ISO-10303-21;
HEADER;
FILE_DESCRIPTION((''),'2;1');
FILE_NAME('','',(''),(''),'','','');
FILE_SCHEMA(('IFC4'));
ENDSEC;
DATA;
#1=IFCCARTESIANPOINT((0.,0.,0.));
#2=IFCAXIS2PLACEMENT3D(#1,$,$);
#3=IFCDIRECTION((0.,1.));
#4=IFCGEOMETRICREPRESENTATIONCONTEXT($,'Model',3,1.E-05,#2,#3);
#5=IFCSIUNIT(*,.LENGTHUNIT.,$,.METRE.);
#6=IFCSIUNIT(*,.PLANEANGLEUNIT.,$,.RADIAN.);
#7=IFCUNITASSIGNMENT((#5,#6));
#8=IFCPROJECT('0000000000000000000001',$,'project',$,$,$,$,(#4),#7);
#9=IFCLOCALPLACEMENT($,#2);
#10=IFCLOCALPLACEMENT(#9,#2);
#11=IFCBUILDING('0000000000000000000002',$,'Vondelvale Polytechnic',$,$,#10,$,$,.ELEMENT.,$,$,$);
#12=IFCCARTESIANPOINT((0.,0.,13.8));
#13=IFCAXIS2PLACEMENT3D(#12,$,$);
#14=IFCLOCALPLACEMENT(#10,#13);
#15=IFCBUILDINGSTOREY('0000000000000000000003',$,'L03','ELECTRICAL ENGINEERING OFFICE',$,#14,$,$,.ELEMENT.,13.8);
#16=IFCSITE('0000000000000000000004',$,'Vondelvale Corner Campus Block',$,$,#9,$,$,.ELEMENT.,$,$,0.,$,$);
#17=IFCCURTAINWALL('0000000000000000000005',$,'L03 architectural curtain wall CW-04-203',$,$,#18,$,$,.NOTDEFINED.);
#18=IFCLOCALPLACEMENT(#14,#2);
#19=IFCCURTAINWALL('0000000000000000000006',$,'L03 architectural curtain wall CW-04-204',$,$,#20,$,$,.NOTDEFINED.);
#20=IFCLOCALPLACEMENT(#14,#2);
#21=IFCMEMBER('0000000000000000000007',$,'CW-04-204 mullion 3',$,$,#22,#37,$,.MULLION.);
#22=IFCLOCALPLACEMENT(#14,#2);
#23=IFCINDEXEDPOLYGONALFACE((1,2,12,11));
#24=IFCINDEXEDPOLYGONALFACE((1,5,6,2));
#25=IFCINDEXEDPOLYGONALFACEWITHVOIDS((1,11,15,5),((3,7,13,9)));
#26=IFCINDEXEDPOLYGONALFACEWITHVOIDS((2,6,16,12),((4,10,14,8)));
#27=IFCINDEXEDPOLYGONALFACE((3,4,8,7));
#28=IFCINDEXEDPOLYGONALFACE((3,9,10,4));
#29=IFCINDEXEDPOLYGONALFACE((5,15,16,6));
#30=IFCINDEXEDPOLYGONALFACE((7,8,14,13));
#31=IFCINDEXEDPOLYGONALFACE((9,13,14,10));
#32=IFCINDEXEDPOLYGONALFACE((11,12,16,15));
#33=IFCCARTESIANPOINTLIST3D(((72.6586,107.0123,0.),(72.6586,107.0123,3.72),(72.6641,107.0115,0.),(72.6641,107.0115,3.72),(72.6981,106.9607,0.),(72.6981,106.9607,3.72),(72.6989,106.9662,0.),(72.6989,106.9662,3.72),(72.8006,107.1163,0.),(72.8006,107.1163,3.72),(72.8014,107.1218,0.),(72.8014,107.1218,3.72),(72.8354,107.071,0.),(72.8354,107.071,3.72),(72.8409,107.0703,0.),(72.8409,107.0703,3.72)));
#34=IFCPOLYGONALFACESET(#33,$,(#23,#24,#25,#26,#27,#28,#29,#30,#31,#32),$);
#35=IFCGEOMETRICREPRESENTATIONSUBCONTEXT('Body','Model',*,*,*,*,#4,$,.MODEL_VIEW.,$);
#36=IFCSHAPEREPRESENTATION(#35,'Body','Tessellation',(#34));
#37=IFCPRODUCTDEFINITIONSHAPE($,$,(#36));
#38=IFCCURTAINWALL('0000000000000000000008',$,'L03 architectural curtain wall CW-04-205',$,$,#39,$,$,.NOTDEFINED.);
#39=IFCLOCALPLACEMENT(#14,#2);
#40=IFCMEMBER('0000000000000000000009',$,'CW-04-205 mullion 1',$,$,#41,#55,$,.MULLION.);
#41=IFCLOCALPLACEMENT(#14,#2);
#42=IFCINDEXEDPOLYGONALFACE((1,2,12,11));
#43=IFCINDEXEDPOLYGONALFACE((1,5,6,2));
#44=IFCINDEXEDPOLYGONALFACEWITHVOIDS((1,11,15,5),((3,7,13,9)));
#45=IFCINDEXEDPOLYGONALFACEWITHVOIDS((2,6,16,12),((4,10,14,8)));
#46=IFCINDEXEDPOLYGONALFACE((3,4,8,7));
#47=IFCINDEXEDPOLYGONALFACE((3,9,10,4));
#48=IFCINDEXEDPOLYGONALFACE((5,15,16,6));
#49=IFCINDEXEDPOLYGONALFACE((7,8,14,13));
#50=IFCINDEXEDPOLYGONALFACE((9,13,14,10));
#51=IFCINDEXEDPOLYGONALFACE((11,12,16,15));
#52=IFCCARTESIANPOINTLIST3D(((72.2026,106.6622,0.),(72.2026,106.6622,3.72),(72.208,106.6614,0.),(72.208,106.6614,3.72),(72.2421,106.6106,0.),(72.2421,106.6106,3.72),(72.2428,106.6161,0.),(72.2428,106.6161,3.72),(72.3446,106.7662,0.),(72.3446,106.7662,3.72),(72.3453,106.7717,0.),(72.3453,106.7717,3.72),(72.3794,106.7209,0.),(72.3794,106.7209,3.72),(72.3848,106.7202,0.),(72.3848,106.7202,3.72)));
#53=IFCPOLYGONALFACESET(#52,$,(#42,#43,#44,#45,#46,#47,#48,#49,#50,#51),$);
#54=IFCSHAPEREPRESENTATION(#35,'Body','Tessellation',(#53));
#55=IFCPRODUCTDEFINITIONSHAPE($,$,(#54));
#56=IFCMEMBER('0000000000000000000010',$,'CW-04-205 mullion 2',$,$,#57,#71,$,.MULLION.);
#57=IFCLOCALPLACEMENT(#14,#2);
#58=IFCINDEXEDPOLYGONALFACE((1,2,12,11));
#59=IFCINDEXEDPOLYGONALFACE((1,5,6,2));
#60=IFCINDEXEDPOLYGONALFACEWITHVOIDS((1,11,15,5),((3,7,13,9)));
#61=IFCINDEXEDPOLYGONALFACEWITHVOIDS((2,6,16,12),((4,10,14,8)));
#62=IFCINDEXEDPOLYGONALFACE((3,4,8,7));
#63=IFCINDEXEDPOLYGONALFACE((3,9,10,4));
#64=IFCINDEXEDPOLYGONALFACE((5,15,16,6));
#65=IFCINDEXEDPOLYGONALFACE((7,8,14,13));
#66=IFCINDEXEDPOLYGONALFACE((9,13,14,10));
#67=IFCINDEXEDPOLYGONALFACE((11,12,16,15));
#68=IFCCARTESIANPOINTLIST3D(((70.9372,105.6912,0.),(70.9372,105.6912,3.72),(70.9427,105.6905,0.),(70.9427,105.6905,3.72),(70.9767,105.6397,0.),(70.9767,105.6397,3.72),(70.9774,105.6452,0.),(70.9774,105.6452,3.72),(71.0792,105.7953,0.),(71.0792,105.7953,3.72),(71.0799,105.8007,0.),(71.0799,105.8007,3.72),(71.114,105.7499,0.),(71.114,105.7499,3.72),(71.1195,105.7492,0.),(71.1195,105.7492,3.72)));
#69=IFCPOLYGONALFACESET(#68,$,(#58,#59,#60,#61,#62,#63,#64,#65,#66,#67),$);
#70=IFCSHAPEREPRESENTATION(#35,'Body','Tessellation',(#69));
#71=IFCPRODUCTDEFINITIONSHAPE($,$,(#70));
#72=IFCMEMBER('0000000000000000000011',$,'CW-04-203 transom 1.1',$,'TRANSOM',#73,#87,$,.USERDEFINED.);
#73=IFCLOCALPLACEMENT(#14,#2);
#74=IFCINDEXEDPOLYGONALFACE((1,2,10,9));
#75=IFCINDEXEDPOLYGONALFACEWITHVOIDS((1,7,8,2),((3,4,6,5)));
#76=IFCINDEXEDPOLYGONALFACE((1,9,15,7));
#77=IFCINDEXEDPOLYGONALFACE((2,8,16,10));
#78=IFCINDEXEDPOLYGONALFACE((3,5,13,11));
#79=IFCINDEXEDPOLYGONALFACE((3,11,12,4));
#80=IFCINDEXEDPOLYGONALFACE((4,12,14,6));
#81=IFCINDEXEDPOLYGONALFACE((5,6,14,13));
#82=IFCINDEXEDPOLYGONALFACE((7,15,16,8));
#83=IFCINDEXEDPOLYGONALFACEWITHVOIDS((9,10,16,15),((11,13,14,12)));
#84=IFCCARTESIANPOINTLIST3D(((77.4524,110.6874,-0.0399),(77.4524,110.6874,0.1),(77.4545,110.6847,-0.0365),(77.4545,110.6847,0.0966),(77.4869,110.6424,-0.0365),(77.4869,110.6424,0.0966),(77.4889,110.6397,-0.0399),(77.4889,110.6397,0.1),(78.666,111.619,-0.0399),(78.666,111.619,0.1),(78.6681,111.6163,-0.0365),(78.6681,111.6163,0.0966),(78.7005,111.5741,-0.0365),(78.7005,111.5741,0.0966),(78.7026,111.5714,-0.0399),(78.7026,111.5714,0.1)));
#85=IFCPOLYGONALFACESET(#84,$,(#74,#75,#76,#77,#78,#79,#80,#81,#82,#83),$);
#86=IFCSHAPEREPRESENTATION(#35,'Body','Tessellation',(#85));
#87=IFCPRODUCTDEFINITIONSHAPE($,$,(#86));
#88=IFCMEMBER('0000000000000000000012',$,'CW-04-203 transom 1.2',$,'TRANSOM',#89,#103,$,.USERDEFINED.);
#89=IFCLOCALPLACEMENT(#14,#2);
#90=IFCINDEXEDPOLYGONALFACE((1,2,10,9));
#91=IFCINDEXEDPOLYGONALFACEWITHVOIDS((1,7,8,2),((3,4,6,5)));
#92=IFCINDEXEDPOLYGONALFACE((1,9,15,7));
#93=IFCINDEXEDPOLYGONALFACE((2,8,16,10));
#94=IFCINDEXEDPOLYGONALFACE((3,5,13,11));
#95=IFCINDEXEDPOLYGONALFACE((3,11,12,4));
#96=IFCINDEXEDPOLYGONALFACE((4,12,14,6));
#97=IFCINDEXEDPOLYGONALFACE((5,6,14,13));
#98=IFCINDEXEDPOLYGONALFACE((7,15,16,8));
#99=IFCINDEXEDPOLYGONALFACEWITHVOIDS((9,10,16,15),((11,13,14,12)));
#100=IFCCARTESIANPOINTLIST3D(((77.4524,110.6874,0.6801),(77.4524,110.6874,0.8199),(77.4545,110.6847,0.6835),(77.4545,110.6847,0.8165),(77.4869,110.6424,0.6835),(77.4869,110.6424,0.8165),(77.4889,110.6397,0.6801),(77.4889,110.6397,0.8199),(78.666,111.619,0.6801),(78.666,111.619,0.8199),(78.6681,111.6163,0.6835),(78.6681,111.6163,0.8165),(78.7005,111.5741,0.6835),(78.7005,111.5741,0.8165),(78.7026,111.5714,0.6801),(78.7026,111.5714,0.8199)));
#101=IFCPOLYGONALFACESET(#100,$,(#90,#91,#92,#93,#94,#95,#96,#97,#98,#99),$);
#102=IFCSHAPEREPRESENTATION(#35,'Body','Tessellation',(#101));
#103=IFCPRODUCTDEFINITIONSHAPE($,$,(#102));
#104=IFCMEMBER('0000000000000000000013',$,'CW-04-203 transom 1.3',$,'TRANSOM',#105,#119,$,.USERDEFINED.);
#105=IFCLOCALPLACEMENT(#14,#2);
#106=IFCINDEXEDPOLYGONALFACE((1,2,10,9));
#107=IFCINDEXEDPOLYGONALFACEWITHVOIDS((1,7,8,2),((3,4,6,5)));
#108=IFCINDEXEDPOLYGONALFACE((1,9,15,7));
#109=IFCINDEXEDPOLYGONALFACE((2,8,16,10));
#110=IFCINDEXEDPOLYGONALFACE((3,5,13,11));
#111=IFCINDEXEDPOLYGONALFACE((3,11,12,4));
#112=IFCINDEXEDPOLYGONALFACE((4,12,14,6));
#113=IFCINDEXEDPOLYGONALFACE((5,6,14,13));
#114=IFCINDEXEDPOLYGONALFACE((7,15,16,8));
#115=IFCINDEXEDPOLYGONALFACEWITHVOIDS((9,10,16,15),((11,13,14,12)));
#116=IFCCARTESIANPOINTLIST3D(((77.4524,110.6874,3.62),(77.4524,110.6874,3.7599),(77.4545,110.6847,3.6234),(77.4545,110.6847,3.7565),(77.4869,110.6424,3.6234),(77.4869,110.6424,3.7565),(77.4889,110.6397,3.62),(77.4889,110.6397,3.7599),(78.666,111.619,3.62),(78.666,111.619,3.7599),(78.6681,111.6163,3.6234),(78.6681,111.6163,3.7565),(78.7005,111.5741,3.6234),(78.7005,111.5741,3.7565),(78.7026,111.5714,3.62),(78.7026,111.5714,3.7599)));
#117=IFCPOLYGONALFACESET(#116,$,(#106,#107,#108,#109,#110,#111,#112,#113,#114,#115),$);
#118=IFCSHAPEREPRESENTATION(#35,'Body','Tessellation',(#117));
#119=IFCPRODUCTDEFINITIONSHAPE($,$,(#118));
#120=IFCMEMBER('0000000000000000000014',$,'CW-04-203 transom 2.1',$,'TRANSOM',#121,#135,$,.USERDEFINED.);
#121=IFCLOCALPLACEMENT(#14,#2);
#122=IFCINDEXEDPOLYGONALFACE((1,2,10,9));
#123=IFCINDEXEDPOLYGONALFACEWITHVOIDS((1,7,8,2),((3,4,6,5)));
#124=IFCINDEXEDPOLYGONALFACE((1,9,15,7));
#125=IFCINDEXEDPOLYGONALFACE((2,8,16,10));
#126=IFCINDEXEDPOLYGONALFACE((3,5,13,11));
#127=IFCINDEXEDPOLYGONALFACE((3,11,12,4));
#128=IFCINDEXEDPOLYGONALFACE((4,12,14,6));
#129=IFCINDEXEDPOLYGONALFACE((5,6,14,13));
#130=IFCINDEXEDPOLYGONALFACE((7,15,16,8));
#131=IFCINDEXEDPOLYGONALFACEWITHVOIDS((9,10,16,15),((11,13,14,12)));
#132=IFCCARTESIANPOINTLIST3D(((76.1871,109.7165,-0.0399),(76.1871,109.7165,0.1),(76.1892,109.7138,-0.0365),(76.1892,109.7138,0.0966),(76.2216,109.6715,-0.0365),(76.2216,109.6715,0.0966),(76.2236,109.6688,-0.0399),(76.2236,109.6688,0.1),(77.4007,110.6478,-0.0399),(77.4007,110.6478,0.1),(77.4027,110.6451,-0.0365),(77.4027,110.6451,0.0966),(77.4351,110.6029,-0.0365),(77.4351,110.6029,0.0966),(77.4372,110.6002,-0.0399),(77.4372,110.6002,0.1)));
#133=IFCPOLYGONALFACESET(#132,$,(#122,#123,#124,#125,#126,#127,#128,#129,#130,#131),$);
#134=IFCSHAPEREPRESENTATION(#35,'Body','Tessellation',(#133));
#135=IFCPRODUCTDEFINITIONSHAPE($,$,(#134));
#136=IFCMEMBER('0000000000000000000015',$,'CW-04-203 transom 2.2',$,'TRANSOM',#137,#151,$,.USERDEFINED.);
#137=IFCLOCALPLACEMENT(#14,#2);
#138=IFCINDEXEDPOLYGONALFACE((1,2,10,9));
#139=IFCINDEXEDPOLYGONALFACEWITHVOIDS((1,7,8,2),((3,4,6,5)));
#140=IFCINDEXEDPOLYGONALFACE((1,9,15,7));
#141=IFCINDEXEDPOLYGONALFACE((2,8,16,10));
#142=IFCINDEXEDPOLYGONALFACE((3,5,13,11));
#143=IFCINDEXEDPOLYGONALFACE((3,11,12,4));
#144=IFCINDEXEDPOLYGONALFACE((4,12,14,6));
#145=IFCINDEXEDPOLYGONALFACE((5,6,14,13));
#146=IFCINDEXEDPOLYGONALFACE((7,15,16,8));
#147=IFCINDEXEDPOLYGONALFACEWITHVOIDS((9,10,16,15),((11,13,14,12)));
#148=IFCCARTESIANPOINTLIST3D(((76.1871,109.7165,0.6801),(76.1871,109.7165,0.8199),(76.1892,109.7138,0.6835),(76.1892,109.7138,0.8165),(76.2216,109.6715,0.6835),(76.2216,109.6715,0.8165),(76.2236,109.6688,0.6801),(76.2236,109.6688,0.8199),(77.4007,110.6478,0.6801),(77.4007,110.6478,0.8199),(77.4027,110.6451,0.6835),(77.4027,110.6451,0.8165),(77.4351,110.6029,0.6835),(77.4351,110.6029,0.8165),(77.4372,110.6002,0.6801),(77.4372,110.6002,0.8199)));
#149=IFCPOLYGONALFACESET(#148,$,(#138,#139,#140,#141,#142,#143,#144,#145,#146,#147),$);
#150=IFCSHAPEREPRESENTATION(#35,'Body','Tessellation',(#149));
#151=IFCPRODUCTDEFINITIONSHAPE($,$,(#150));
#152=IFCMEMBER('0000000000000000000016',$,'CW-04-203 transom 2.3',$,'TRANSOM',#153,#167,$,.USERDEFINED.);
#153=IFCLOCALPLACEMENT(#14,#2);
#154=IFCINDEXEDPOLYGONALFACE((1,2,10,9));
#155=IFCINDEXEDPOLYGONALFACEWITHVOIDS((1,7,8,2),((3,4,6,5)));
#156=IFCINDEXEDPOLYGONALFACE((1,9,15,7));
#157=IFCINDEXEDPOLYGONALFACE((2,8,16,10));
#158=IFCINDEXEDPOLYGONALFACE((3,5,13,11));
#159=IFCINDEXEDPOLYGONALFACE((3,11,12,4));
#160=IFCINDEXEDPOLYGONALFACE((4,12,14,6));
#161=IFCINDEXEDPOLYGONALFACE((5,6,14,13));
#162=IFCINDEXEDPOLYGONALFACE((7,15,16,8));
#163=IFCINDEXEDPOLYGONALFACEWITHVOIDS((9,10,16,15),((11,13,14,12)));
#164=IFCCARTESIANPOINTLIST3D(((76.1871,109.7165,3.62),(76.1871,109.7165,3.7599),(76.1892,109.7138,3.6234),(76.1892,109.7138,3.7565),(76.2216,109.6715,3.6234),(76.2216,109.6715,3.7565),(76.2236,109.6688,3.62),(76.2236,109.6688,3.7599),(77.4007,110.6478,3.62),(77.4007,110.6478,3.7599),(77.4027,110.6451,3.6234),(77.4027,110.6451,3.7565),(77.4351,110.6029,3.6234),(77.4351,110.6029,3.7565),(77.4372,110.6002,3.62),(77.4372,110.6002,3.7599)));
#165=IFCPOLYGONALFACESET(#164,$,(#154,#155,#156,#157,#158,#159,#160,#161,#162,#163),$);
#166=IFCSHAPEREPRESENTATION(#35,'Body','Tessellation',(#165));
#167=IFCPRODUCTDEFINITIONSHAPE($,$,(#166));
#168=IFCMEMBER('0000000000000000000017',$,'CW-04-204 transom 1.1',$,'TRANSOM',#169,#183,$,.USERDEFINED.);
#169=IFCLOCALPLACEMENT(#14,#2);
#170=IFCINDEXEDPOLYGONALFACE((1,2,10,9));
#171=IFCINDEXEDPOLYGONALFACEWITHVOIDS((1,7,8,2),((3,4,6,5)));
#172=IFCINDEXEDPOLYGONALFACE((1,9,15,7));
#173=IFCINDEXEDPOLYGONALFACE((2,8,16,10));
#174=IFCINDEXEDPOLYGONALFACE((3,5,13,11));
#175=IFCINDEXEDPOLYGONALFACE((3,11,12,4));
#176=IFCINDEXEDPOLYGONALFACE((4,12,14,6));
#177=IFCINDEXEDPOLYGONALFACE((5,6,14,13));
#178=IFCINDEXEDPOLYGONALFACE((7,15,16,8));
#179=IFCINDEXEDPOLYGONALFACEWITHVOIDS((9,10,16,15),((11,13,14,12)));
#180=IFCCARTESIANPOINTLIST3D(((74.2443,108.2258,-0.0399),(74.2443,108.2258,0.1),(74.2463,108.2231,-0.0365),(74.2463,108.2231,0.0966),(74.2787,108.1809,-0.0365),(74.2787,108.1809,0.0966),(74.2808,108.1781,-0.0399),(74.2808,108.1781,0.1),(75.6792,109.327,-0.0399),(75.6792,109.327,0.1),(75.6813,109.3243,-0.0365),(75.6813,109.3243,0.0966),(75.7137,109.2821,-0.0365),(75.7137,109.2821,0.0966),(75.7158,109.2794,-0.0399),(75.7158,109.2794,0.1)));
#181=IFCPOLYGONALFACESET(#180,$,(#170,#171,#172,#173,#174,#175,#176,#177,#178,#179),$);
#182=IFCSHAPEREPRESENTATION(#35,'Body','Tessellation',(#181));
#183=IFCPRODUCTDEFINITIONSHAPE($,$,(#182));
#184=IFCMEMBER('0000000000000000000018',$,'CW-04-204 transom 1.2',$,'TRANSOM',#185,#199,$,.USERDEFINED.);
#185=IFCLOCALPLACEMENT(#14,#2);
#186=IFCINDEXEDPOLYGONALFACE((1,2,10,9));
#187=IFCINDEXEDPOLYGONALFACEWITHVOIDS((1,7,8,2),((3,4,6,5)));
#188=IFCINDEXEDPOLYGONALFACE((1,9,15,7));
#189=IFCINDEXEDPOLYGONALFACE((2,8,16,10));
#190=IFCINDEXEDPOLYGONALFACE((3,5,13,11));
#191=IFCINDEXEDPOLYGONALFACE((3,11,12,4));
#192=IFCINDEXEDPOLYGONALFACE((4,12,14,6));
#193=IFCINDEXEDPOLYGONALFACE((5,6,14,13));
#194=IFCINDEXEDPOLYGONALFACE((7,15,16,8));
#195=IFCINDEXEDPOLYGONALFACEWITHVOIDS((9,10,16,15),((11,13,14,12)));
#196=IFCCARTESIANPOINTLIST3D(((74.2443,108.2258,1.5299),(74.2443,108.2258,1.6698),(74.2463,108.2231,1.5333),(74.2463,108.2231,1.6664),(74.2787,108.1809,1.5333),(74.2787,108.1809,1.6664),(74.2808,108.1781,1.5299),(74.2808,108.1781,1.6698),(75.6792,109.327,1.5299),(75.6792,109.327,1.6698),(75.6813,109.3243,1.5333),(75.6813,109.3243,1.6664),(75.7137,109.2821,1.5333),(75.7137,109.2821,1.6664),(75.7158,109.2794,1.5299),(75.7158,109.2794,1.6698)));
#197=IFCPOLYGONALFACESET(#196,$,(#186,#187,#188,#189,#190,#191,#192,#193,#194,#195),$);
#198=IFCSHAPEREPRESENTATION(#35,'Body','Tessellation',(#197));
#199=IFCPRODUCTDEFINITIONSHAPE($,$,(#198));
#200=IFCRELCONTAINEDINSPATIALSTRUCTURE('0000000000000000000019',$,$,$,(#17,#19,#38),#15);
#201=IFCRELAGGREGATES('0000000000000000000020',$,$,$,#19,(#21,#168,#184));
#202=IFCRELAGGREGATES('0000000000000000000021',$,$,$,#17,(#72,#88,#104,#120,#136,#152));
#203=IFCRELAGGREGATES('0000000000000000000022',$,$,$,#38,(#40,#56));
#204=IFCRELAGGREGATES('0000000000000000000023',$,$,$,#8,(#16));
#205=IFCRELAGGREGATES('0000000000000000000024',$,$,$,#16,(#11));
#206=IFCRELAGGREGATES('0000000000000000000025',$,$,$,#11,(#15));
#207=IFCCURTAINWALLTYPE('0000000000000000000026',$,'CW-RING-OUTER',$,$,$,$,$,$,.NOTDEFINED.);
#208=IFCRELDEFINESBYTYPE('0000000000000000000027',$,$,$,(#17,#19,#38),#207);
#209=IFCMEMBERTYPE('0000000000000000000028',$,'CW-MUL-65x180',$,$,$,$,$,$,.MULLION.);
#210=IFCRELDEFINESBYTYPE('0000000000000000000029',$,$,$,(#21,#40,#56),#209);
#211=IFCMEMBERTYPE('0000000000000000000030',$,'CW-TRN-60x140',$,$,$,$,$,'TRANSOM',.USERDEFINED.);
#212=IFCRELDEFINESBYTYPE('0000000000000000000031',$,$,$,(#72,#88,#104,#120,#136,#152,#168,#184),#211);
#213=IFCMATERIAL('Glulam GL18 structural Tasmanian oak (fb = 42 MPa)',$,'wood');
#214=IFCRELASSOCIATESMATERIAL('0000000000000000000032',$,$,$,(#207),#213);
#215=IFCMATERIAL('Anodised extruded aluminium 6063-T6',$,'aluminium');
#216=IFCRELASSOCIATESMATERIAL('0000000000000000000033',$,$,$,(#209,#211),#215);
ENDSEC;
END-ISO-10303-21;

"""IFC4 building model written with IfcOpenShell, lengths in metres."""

from ifc_helpers import new_model, si_unit, direction, frame, origin, origin_2d, place, context, subcontext, project, spatial, hollow_rectangle, extrude, material, material_profile, profile_set, type_object, element, aggregate, save


model = new_model("IFC4")

# Units and contexts
model_context = context("Model", 3, precision=1e-05, world=origin(), true_north=direction((0.0, 1.0)))
body_context = subcontext(model_context, "Body", "Model", "MODEL_VIEW")
ifc_project = project(units=[si_unit("LENGTHUNIT", "METRE"), si_unit("PLANEANGLEUNIT", "RADIAN")], contexts=[model_context])

# Site, building, storey
site_placement = place(None, origin())
site = spatial("IfcSite", under=ifc_project, at=site_placement, Name="Vondelvale Corner Campus Block", CompositionType="ELEMENT", RefElevation=0.0)
building_placement = place(site_placement, origin())
building = spatial("IfcBuilding", under=site, at=building_placement, Name="Vondelvale Polytechnic", CompositionType="ELEMENT")
storey_placement = place(building_placement, frame((0.0, 0.0, 13.8)))
storey = spatial("IfcBuildingStorey", under=building, at=storey_placement, Name="L03", Description="ELECTRICAL ENGINEERING OFFICE", CompositionType="ELEMENT", Elevation=13.8)

# Shared definitions
ifc_material_1 = material(Name="Glulam GL18 structural Tasmanian oak (fb = 42 MPa)", Category="wood")

# Curtain walls, members
curtain_wall_type = type_object("IfcCurtainWallType", Name="CW-RING-OUTER", PredefinedType="NOTDEFINED", material=ifc_material_1)
curtain_wall_1_placement = place(storey_placement, origin())
curtain_wall_1 = element("IfcCurtainWall", 1, at=curtain_wall_1_placement, inside=storey, type_object=curtain_wall_type, Name="L03 architectural curtain wall CW-04-203", PredefinedType="NOTDEFINED")
ifc_material_2 = material(Name="Anodised extruded aluminium 6063-T6", Category="aluminium")
ifc_material_profile_1 = material_profile(ifc_material_2, hollow_rectangle(XDim=0.0649, YDim=0.1799, WallThickness=0.0039, at=origin_2d()), Name="CW-MUL-180x65")
ifc_profile_set_1 = profile_set([ifc_material_profile_1], Name="Anodised extruded aluminium 6063-T6")
member_type_1 = type_object("IfcMemberType", Name="CW-MUL-65x180", PredefinedType="MULLION", material=ifc_profile_set_1)
curtain_wall_2_placement = place(storey_placement, origin())
curtain_wall_2 = element("IfcCurtainWall", 2, at=curtain_wall_2_placement, inside=storey, type_object=curtain_wall_type, Name="L03 architectural curtain wall CW-04-204", PredefinedType="NOTDEFINED")
member_1_placement = place(storey_placement, frame((72.7498, 107.0413, 0.0), z_axis=(0.0, 0.0, 1.0), x_axis=(0.608771, -0.793346, 0.0)))
member_1 = element("IfcMember", 3, at=member_1_placement, type_object=member_type_1, Name="CW-04-204 mullion 3", PredefinedType="MULLION", context=body_context, shape_type="SweptSolid", body=[
    extrude(hollow_rectangle(XDim=0.0649, YDim=0.1799, WallThickness=0.0039, at=origin_2d()), origin(), (0.0, 0.0, 1.0), 3.72),
])
curtain_wall_3_placement = place(storey_placement, origin())
curtain_wall_3 = element("IfcCurtainWall", 4, at=curtain_wall_3_placement, inside=storey, type_object=curtain_wall_type, Name="L03 architectural curtain wall CW-04-205", PredefinedType="NOTDEFINED")
member_2_placement = place(storey_placement, frame((72.2937, 106.6912, 0.0), z_axis=(0.0, 0.0, 1.0), x_axis=(0.608787, -0.793334, 0.0)))
member_2 = element("IfcMember", 5, at=member_2_placement, type_object=member_type_1, Name="CW-04-205 mullion 1", PredefinedType="MULLION", context=body_context, shape_type="SweptSolid", body=[
    extrude(hollow_rectangle(XDim=0.0649, YDim=0.1799, WallThickness=0.0039, at=origin_2d()), origin(), (0.0, 0.0, 1.0), 3.72),
])
member_3_placement = place(storey_placement, frame((71.0283, 105.7202, 0.0), z_axis=(0.0, 0.0, 1.0), x_axis=(0.608787, -0.793334, 0.0)))
member_3 = element("IfcMember", 6, at=member_3_placement, type_object=member_type_1, Name="CW-04-205 mullion 2", PredefinedType="MULLION", context=body_context, shape_type="SweptSolid", body=[
    extrude(hollow_rectangle(XDim=0.0649, YDim=0.1799, WallThickness=0.0039, at=origin_2d()), origin(), (0.0, 0.0, 1.0), 3.72),
])

# Members
ifc_material_profile_2 = material_profile(ifc_material_2, hollow_rectangle(XDim=0.0601, YDim=0.1399, WallThickness=0.0034, at=origin_2d()), Name="CW-TRN-140x60")
ifc_profile_set_2 = profile_set([ifc_material_profile_2], Name="Anodised extruded aluminium 6063-T6")
member_type_2 = type_object("IfcMemberType", Name="CW-TRN-60x140", ElementType="TRANSOM", PredefinedType="USERDEFINED", material=ifc_profile_set_2)
member_4_placement = place(storey_placement, frame((78.6843, 111.5952, 0.03), z_axis=(-0.793229, -0.608924, 0.0), x_axis=(0.608924, -0.793229, 0.0)))
member_4 = element("IfcMember", 7, at=member_4_placement, type_object=member_type_2, Name="CW-04-203 transom 1.1", ObjectType="TRANSOM", PredefinedType="USERDEFINED", context=body_context, shape_type="SweptSolid", body=[
    extrude(hollow_rectangle(XDim=0.0601, YDim=0.1399, WallThickness=0.0034, at=origin_2d()), origin(), (0.0, 0.0, 1.0), 1.53),
])
member_5_placement = place(storey_placement, frame((78.6843, 111.5952, 0.75), z_axis=(-0.793229, -0.608924, 0.0), x_axis=(0.608924, -0.793229, 0.0)))
member_5 = element("IfcMember", 8, at=member_5_placement, type_object=member_type_2, Name="CW-04-203 transom 1.2", ObjectType="TRANSOM", PredefinedType="USERDEFINED", context=body_context, shape_type="SweptSolid", body=[
    extrude(hollow_rectangle(XDim=0.0601, YDim=0.1399, WallThickness=0.0034, at=origin_2d()), origin(), (0.0, 0.0, 1.0), 1.53),
])
member_6_placement = place(storey_placement, frame((78.6843, 111.5952, 3.6899), z_axis=(-0.793229, -0.608924, 0.0), x_axis=(0.608924, -0.793229, 0.0)))
member_6 = element("IfcMember", 9, at=member_6_placement, type_object=member_type_2, Name="CW-04-203 transom 1.3", ObjectType="TRANSOM", PredefinedType="USERDEFINED", context=body_context, shape_type="SweptSolid", body=[
    extrude(hollow_rectangle(XDim=0.0601, YDim=0.1399, WallThickness=0.0034, at=origin_2d()), origin(), (0.0, 0.0, 1.0), 1.53),
])
member_7_placement = place(storey_placement, frame((77.4189, 110.624, 0.03), z_axis=(-0.793306, -0.608823, 0.0), x_axis=(0.608823, -0.793306, 0.0)))
member_7 = element("IfcMember", 10, at=member_7_placement, type_object=member_type_2, Name="CW-04-203 transom 2.1", ObjectType="TRANSOM", PredefinedType="USERDEFINED", context=body_context, shape_type="SweptSolid", body=[
    extrude(hollow_rectangle(XDim=0.0601, YDim=0.1399, WallThickness=0.0034, at=origin_2d()), origin(), (0.0, 0.0, 1.0), 1.5298),
])
member_8_placement = place(storey_placement, frame((77.4189, 110.624, 0.75), z_axis=(-0.793306, -0.608823, 0.0), x_axis=(0.608823, -0.793306, 0.0)))
member_8 = element("IfcMember", 11, at=member_8_placement, type_object=member_type_2, Name="CW-04-203 transom 2.2", ObjectType="TRANSOM", PredefinedType="USERDEFINED", context=body_context, shape_type="SweptSolid", body=[
    extrude(hollow_rectangle(XDim=0.0601, YDim=0.1399, WallThickness=0.0034, at=origin_2d()), origin(), (0.0, 0.0, 1.0), 1.5298),
])
member_9_placement = place(storey_placement, frame((77.4189, 110.624, 3.6899), z_axis=(-0.793306, -0.608823, 0.0), x_axis=(0.608823, -0.793306, 0.0)))
member_9 = element("IfcMember", 12, at=member_9_placement, type_object=member_type_2, Name="CW-04-203 transom 2.3", ObjectType="TRANSOM", PredefinedType="USERDEFINED", context=body_context, shape_type="SweptSolid", body=[
    extrude(hollow_rectangle(XDim=0.0601, YDim=0.1399, WallThickness=0.0034, at=origin_2d()), origin(), (0.0, 0.0, 1.0), 1.5298),
])
member_10_placement = place(storey_placement, frame((75.6975, 109.3032, 0.03), z_axis=(-0.793311, -0.608817, 0.0), x_axis=(0.608817, -0.793311, 0.0)))
member_10 = element("IfcMember", 13, at=member_10_placement, type_object=member_type_2, Name="CW-04-204 transom 1.1", ObjectType="TRANSOM", PredefinedType="USERDEFINED", context=body_context, shape_type="SweptSolid", body=[
    extrude(hollow_rectangle(XDim=0.0601, YDim=0.1399, WallThickness=0.0034, at=origin_2d()), origin(), (0.0, 0.0, 1.0), 1.8088),
])
member_11_placement = place(storey_placement, frame((75.6975, 109.3032, 1.5999), z_axis=(-0.793311, -0.608817, 0.0), x_axis=(0.608817, -0.793311, 0.0)))
member_11 = element("IfcMember", 14, at=member_11_placement, type_object=member_type_2, Name="CW-04-204 transom 1.2", ObjectType="TRANSOM", PredefinedType="USERDEFINED", context=body_context, shape_type="SweptSolid", body=[
    extrude(hollow_rectangle(XDim=0.0601, YDim=0.1399, WallThickness=0.0034, at=origin_2d()), origin(), (0.0, 0.0, 1.0), 1.8088),
])

aggregate(curtain_wall_2, [member_1, member_10, member_11])
aggregate(curtain_wall_1, [member_4, member_5, member_6, member_7, member_8, member_9])
aggregate(curtain_wall_3, [member_2, member_3])

save(model, "model.ifc")
